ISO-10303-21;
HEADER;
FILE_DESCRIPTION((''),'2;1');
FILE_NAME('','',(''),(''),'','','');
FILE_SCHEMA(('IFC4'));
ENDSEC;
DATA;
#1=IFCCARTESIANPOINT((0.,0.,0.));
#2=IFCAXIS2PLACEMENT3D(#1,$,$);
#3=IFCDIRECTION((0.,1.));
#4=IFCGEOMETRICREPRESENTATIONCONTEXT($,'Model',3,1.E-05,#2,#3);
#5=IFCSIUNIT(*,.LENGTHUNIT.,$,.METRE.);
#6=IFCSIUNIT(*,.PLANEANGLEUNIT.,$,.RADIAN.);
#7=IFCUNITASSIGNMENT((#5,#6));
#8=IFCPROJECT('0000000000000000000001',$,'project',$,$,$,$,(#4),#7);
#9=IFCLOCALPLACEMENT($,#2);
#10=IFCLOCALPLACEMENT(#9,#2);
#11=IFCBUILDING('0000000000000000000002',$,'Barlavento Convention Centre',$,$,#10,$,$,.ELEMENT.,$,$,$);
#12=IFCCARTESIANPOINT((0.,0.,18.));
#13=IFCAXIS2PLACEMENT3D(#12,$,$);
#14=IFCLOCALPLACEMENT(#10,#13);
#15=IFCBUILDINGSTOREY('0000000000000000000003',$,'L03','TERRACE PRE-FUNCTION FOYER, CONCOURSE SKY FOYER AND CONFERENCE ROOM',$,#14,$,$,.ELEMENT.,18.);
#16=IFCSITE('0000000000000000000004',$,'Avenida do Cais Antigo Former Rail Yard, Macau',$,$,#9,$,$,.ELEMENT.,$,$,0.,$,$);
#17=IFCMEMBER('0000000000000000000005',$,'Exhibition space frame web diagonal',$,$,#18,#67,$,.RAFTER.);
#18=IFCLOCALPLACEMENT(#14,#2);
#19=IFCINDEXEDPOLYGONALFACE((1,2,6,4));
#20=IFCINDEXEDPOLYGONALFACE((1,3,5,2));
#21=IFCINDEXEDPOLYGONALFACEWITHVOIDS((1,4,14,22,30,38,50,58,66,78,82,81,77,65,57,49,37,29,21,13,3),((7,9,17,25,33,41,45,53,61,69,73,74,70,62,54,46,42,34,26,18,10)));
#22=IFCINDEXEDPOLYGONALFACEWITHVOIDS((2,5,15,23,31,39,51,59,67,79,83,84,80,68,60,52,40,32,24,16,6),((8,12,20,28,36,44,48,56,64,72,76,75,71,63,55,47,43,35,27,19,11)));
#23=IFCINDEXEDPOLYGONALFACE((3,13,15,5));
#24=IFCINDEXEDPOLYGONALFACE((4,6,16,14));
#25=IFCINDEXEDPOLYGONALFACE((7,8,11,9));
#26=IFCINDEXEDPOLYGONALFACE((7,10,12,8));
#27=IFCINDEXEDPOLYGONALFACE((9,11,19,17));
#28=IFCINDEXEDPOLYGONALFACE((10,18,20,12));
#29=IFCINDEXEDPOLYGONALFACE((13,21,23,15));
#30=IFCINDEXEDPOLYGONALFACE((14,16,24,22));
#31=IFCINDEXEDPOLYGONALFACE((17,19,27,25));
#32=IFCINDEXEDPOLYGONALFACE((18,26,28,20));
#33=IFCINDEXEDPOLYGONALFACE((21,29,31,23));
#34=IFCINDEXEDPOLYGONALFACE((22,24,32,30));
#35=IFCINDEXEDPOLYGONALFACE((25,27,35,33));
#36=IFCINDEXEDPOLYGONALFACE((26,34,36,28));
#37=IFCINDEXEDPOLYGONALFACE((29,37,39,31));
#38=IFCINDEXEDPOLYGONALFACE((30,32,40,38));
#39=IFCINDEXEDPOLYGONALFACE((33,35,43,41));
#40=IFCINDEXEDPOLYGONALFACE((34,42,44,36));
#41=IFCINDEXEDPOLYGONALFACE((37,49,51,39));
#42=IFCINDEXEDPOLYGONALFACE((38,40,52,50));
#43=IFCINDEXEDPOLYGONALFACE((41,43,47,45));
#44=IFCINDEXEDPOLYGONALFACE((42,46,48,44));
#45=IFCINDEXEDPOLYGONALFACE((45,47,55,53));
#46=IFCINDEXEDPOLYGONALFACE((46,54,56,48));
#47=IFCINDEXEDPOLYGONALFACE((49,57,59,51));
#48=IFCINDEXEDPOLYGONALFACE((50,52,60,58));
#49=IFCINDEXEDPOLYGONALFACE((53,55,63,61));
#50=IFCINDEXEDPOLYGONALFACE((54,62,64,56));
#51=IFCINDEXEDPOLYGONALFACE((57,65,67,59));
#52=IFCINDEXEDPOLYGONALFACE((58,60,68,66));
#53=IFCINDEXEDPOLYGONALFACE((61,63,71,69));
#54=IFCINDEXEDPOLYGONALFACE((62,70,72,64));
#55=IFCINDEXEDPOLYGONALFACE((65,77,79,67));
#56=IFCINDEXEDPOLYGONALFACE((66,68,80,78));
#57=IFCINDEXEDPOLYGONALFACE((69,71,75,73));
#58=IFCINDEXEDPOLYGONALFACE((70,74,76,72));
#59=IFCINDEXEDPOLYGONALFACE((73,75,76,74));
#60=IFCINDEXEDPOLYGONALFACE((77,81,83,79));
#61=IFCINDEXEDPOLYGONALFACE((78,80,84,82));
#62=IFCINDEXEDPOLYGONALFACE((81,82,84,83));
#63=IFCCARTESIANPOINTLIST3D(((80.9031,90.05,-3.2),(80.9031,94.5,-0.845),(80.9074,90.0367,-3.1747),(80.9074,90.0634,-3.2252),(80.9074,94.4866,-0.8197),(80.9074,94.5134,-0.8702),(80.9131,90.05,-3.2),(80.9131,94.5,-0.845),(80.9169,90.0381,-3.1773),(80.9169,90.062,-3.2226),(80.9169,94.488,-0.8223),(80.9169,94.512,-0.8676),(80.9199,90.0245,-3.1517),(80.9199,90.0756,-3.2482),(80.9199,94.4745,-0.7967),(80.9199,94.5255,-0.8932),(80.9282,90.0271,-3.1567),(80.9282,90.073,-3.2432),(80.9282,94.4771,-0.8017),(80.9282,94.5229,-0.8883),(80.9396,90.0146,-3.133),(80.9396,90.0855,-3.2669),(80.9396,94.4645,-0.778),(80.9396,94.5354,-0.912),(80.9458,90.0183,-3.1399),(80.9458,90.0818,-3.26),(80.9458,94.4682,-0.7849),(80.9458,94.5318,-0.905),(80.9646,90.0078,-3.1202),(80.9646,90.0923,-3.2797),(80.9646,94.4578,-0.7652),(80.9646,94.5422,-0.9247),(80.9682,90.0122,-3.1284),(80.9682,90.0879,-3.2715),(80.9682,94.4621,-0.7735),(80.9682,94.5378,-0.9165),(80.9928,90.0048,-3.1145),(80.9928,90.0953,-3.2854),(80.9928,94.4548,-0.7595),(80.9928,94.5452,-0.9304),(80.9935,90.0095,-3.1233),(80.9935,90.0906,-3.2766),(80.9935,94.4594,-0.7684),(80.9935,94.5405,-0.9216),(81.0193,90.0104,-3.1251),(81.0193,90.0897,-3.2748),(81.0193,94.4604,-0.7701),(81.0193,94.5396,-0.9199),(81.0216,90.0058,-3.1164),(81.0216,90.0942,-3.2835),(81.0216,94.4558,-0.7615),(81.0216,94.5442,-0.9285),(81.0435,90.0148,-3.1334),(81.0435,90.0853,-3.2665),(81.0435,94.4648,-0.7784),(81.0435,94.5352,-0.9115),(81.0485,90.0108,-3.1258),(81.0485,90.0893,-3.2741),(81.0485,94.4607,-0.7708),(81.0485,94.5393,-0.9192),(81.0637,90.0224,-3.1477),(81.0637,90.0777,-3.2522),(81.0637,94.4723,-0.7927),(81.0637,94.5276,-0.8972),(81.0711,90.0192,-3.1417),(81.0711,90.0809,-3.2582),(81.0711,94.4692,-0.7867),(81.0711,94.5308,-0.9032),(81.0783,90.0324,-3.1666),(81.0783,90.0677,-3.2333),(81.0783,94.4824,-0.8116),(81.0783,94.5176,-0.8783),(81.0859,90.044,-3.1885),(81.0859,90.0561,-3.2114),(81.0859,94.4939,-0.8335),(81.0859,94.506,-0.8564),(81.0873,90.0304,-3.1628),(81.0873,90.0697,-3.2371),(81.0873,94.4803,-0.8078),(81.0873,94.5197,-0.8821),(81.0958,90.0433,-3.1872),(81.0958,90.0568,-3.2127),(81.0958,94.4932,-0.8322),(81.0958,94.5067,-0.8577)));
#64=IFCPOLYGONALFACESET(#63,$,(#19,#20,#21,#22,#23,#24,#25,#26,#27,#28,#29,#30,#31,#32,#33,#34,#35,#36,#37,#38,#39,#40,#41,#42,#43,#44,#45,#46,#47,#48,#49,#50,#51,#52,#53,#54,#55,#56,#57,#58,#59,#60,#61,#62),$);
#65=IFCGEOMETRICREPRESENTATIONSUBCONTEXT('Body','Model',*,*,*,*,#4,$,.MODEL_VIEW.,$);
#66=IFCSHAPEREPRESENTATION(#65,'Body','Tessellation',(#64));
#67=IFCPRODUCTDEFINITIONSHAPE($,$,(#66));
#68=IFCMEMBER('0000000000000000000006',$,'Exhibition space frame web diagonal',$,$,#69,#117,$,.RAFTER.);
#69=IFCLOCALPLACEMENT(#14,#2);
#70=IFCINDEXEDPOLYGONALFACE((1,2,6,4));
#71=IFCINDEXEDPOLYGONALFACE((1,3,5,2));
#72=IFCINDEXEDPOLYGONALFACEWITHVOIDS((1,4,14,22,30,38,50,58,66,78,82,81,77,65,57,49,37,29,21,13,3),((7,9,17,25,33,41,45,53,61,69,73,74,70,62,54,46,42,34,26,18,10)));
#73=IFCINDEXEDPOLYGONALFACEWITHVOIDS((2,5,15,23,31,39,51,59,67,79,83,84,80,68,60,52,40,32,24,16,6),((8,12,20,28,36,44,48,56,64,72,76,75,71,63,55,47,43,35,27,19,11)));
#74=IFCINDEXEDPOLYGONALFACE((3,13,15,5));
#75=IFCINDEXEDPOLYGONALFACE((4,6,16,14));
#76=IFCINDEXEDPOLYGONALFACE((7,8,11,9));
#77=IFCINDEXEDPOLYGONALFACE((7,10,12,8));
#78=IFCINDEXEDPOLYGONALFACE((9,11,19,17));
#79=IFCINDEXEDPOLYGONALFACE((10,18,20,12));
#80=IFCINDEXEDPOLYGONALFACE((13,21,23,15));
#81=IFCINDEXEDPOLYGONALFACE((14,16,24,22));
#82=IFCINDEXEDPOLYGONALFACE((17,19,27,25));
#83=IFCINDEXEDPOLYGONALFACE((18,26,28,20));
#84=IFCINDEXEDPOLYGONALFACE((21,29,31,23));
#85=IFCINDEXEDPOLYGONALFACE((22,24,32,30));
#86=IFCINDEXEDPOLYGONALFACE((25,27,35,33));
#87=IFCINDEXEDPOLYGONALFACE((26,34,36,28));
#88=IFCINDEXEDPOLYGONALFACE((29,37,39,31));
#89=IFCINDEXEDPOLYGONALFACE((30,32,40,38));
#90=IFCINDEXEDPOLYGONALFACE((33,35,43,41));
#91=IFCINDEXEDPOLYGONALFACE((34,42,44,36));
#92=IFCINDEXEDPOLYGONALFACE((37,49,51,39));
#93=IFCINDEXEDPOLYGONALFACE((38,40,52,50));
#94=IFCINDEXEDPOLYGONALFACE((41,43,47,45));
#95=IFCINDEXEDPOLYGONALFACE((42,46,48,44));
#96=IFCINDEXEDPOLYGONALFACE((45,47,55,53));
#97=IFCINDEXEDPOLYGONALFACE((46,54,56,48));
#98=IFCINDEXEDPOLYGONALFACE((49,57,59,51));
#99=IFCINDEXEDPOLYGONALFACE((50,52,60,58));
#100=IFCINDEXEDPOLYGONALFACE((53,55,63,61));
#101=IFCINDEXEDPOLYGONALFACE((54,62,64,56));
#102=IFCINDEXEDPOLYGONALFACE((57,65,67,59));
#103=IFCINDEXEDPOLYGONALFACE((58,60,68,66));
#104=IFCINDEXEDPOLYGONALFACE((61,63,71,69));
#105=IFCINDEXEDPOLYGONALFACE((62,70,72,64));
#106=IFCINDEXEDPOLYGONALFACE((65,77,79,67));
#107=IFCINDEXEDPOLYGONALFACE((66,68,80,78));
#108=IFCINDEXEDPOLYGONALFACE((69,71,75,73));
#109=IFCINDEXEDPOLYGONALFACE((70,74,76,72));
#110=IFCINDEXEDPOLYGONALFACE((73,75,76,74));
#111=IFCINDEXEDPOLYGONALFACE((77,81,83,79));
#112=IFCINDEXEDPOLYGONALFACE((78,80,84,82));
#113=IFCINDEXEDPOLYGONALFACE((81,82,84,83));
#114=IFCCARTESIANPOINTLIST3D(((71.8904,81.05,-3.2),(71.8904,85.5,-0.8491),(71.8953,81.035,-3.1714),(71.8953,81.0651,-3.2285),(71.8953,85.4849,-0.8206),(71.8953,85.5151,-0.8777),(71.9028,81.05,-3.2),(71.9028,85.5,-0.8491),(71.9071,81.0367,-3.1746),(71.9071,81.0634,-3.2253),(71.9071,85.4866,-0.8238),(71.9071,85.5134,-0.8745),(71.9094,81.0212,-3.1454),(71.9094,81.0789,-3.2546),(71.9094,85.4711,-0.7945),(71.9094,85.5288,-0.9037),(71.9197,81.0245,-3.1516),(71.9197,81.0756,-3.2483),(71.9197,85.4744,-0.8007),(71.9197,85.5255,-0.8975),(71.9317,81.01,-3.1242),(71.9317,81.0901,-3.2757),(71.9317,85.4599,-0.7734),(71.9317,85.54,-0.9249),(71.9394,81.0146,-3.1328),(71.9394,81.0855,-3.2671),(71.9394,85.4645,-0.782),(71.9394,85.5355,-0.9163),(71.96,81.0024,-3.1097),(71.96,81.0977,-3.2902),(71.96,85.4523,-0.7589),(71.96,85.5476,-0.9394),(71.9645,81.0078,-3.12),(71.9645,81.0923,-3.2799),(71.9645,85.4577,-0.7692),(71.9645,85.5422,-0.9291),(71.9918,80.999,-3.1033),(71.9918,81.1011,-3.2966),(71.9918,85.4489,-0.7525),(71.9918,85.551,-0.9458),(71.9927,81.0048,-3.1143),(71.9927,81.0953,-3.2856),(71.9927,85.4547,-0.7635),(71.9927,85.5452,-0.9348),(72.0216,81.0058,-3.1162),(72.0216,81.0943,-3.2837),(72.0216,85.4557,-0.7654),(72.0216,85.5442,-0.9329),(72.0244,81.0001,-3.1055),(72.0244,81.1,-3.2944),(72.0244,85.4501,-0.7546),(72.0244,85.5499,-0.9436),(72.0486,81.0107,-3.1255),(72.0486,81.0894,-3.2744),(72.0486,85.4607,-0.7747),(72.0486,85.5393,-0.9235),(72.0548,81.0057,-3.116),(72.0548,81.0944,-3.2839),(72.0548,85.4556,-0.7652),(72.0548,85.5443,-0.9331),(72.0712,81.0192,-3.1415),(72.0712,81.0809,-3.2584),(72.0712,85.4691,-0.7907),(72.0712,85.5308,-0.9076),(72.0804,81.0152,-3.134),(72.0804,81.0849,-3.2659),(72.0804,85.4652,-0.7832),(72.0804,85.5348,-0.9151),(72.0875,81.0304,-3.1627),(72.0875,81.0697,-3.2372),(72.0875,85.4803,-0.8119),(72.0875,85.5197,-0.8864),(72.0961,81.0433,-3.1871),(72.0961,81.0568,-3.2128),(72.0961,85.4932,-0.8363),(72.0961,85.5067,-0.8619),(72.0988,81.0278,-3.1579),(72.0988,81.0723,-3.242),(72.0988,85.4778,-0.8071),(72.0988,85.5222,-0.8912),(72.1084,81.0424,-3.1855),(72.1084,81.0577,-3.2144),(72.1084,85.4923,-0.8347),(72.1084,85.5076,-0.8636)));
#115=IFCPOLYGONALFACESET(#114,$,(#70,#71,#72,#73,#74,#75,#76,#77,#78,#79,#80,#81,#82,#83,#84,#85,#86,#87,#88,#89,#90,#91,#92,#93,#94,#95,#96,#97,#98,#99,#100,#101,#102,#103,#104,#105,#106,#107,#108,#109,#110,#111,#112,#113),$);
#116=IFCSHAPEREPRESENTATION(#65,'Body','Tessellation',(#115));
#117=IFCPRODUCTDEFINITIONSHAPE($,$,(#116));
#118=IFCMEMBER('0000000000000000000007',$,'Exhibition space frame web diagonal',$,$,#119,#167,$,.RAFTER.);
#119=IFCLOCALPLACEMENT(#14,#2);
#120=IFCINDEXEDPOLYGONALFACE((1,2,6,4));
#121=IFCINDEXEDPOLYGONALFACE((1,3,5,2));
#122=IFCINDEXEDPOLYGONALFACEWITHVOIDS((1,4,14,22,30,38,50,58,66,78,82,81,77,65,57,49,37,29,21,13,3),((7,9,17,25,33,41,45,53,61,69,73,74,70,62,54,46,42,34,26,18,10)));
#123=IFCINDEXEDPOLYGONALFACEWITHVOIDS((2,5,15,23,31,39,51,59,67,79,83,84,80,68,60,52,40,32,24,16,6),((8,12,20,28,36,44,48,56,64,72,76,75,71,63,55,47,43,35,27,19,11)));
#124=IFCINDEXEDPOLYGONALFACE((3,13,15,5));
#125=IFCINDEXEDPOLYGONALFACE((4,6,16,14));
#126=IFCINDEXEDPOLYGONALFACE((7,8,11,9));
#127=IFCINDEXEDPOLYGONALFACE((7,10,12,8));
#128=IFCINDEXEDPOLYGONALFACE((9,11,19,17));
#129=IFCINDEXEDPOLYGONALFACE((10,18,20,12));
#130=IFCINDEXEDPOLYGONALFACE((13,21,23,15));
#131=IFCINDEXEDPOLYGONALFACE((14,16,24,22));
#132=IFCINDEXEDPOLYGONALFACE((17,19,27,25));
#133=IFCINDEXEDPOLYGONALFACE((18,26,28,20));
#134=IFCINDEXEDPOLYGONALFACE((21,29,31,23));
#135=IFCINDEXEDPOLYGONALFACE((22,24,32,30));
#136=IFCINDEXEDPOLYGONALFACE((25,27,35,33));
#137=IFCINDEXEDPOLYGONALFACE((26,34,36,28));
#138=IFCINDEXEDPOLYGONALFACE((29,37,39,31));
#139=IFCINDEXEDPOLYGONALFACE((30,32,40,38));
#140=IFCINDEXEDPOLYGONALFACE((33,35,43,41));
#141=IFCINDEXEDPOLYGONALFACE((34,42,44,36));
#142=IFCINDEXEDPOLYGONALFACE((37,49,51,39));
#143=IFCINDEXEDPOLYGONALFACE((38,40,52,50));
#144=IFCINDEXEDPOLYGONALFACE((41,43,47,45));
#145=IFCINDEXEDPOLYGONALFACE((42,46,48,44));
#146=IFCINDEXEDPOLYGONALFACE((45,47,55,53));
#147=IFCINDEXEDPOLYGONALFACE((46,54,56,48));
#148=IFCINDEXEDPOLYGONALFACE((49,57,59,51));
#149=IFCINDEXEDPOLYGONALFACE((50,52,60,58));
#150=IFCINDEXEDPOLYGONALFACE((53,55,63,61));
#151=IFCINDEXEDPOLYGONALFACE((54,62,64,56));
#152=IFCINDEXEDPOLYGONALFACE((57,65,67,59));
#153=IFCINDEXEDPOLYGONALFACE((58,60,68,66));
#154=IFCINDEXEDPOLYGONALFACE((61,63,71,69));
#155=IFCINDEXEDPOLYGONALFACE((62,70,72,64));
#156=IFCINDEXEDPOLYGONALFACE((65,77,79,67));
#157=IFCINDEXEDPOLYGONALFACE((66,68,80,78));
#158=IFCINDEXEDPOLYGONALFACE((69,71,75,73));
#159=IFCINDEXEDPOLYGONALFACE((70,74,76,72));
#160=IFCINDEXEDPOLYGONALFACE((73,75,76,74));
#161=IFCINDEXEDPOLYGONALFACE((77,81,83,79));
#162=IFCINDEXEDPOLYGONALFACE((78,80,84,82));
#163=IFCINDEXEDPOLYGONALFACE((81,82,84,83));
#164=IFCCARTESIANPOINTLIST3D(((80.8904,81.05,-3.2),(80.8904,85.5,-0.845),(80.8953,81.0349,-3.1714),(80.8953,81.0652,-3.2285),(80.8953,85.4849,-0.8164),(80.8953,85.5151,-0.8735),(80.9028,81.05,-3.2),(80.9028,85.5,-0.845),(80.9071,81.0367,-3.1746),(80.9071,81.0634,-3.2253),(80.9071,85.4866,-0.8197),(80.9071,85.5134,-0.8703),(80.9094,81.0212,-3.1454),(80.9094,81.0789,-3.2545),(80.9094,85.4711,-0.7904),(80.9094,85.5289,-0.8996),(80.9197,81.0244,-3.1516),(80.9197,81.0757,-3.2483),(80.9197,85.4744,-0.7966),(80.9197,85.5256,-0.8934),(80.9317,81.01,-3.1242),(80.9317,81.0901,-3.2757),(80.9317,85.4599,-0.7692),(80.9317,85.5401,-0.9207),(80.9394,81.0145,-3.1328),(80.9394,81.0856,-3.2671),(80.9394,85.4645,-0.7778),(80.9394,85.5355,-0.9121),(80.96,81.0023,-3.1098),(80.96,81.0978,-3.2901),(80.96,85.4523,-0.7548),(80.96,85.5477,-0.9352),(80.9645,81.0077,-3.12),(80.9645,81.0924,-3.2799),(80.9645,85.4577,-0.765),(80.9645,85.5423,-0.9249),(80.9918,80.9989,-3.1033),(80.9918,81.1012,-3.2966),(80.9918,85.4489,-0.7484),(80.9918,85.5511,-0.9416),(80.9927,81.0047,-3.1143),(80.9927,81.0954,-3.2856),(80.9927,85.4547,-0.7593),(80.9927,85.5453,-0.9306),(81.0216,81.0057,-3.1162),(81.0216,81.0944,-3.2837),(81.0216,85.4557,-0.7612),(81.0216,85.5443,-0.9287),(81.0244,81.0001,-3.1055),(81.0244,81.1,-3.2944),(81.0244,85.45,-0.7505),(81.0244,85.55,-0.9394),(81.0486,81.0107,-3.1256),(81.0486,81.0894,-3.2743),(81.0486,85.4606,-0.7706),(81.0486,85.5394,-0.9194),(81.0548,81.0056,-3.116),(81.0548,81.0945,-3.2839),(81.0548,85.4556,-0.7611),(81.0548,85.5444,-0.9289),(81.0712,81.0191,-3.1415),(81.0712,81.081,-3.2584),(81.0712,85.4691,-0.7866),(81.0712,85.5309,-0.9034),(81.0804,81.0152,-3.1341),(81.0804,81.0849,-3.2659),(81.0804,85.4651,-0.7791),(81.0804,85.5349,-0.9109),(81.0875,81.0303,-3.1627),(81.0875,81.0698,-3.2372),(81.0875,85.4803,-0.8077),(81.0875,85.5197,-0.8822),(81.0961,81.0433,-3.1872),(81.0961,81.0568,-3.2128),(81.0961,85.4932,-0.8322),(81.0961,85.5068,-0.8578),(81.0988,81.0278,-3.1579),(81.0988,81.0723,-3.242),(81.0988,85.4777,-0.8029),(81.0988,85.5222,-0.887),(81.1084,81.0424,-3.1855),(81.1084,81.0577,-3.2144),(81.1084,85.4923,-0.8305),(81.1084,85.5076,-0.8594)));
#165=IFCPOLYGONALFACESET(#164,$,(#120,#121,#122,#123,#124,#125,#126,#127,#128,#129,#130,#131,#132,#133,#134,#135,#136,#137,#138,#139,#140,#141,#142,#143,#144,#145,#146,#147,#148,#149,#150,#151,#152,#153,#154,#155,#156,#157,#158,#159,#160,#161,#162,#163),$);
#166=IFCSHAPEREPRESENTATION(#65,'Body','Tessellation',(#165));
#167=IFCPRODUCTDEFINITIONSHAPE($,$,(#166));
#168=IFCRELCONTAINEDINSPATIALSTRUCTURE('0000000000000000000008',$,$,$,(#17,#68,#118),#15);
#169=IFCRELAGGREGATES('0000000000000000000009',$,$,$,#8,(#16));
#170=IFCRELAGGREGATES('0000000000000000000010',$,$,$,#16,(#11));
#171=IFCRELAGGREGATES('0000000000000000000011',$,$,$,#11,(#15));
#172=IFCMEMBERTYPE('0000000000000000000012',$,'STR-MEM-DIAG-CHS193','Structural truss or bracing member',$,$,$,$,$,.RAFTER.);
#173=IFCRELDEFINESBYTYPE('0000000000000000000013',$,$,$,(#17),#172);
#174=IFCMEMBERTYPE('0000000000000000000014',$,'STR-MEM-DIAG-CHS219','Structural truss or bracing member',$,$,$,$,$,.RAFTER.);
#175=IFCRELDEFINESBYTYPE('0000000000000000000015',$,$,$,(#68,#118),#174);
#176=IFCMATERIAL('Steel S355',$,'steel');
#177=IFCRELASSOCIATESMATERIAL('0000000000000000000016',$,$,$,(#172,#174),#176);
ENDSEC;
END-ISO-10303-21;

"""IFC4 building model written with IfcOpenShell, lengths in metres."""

from ifc_helpers import new_model, si_unit, direction, frame, origin, origin_2d, place, context, subcontext, project, spatial, hollow_circle, extrude, material, material_profile, profile_set, type_object, element, save


model = new_model("IFC4")

# Units and contexts
model_context = context("Model", 3, precision=1e-05, world=origin(), true_north=direction((0.0, 1.0)))
body_context = subcontext(model_context, "Body", "Model", "MODEL_VIEW")
ifc_project = project(units=[si_unit("LENGTHUNIT", "METRE"), si_unit("PLANEANGLEUNIT", "RADIAN")], contexts=[model_context])

# Site, building, storey
site_placement = place(None, origin())
site = spatial("IfcSite", under=ifc_project, at=site_placement, Name="Avenida do Cais Antigo Former Rail Yard, Macau", CompositionType="ELEMENT", RefElevation=0.0)
building_placement = place(site_placement, origin())
building = spatial("IfcBuilding", under=site, at=building_placement, Name="Barlavento Convention Centre", CompositionType="ELEMENT")
storey_placement = place(building_placement, frame((0.0, 0.0, 18.0)))
storey = spatial("IfcBuildingStorey", under=building, at=storey_placement, Name="L03", Description="TERRACE PRE-FUNCTION FOYER, CONCOURSE SKY FOYER AND CONFERENCE ROOM", CompositionType="ELEMENT", Elevation=18.0)

# Members
ifc_material_1 = material(Name="Steel S355", Category="steel")
ifc_material_profile_1 = material_profile(ifc_material_1, hollow_circle(Radius=0.0969, WallThickness=0.01, at=origin_2d()), Name="CHS 193.7x10.0")
ifc_profile_set_1 = profile_set([ifc_material_profile_1], Name="Steel S355")
member_type_1 = type_object("IfcMemberType", Name="STR-MEM-DIAG-CHS193", Description="Structural truss or bracing member", PredefinedType="RAFTER", material=ifc_profile_set_1)
member_1_placement = place(storey_placement, frame((81.0, 90.05, -3.2), z_axis=(0.0, 0.88386, 0.467752), x_axis=(-1.0, 0.0, 0.0)))
element("IfcMember", 1, at=member_1_placement, inside=storey, type_object=member_type_1, Name="Exhibition space frame web diagonal", PredefinedType="RAFTER", context=body_context, shape_type="SweptSolid", body=[
    extrude(hollow_circle(Radius=0.0969, WallThickness=0.01, at=origin_2d()), origin(), (0.0, 0.0, 1.0), 5.0347),
])
ifc_material_profile_2 = material_profile(ifc_material_1, hollow_circle(Radius=0.1096, WallThickness=0.0125, at=origin_2d()), Name="CHS 219.1x12.5")
ifc_profile_set_2 = profile_set([ifc_material_profile_2], Name="Steel S355")
member_type_2 = type_object("IfcMemberType", Name="STR-MEM-DIAG-CHS219", Description="Structural truss or bracing member", PredefinedType="RAFTER", material=ifc_profile_set_2)
member_2_placement = place(storey_placement, frame((72.0, 81.05, -3.2), z_axis=(0.0, 0.884201, 0.467107), x_axis=(-1.0, 0.0, 0.0)))
element("IfcMember", 2, at=member_2_placement, inside=storey, type_object=member_type_2, Name="Exhibition space frame web diagonal", PredefinedType="RAFTER", context=body_context, shape_type="SweptSolid", body=[
    extrude(hollow_circle(Radius=0.1096, WallThickness=0.0125, at=origin_2d()), origin(), (0.0, 0.0, 1.0), 5.0327),
])
member_3_placement = place(storey_placement, frame((81.0, 81.05, -3.2), z_axis=(0.0, 0.88386, 0.467752), x_axis=(-1.0, 0.0, 0.0)))
element("IfcMember", 3, at=member_3_placement, inside=storey, type_object=member_type_2, Name="Exhibition space frame web diagonal", PredefinedType="RAFTER", context=body_context, shape_type="SweptSolid", body=[
    extrude(hollow_circle(Radius=0.1096, WallThickness=0.0125, at=origin_2d()), origin(), (0.0, 0.0, 1.0), 5.0347),
])

save(model, "model.ifc")
